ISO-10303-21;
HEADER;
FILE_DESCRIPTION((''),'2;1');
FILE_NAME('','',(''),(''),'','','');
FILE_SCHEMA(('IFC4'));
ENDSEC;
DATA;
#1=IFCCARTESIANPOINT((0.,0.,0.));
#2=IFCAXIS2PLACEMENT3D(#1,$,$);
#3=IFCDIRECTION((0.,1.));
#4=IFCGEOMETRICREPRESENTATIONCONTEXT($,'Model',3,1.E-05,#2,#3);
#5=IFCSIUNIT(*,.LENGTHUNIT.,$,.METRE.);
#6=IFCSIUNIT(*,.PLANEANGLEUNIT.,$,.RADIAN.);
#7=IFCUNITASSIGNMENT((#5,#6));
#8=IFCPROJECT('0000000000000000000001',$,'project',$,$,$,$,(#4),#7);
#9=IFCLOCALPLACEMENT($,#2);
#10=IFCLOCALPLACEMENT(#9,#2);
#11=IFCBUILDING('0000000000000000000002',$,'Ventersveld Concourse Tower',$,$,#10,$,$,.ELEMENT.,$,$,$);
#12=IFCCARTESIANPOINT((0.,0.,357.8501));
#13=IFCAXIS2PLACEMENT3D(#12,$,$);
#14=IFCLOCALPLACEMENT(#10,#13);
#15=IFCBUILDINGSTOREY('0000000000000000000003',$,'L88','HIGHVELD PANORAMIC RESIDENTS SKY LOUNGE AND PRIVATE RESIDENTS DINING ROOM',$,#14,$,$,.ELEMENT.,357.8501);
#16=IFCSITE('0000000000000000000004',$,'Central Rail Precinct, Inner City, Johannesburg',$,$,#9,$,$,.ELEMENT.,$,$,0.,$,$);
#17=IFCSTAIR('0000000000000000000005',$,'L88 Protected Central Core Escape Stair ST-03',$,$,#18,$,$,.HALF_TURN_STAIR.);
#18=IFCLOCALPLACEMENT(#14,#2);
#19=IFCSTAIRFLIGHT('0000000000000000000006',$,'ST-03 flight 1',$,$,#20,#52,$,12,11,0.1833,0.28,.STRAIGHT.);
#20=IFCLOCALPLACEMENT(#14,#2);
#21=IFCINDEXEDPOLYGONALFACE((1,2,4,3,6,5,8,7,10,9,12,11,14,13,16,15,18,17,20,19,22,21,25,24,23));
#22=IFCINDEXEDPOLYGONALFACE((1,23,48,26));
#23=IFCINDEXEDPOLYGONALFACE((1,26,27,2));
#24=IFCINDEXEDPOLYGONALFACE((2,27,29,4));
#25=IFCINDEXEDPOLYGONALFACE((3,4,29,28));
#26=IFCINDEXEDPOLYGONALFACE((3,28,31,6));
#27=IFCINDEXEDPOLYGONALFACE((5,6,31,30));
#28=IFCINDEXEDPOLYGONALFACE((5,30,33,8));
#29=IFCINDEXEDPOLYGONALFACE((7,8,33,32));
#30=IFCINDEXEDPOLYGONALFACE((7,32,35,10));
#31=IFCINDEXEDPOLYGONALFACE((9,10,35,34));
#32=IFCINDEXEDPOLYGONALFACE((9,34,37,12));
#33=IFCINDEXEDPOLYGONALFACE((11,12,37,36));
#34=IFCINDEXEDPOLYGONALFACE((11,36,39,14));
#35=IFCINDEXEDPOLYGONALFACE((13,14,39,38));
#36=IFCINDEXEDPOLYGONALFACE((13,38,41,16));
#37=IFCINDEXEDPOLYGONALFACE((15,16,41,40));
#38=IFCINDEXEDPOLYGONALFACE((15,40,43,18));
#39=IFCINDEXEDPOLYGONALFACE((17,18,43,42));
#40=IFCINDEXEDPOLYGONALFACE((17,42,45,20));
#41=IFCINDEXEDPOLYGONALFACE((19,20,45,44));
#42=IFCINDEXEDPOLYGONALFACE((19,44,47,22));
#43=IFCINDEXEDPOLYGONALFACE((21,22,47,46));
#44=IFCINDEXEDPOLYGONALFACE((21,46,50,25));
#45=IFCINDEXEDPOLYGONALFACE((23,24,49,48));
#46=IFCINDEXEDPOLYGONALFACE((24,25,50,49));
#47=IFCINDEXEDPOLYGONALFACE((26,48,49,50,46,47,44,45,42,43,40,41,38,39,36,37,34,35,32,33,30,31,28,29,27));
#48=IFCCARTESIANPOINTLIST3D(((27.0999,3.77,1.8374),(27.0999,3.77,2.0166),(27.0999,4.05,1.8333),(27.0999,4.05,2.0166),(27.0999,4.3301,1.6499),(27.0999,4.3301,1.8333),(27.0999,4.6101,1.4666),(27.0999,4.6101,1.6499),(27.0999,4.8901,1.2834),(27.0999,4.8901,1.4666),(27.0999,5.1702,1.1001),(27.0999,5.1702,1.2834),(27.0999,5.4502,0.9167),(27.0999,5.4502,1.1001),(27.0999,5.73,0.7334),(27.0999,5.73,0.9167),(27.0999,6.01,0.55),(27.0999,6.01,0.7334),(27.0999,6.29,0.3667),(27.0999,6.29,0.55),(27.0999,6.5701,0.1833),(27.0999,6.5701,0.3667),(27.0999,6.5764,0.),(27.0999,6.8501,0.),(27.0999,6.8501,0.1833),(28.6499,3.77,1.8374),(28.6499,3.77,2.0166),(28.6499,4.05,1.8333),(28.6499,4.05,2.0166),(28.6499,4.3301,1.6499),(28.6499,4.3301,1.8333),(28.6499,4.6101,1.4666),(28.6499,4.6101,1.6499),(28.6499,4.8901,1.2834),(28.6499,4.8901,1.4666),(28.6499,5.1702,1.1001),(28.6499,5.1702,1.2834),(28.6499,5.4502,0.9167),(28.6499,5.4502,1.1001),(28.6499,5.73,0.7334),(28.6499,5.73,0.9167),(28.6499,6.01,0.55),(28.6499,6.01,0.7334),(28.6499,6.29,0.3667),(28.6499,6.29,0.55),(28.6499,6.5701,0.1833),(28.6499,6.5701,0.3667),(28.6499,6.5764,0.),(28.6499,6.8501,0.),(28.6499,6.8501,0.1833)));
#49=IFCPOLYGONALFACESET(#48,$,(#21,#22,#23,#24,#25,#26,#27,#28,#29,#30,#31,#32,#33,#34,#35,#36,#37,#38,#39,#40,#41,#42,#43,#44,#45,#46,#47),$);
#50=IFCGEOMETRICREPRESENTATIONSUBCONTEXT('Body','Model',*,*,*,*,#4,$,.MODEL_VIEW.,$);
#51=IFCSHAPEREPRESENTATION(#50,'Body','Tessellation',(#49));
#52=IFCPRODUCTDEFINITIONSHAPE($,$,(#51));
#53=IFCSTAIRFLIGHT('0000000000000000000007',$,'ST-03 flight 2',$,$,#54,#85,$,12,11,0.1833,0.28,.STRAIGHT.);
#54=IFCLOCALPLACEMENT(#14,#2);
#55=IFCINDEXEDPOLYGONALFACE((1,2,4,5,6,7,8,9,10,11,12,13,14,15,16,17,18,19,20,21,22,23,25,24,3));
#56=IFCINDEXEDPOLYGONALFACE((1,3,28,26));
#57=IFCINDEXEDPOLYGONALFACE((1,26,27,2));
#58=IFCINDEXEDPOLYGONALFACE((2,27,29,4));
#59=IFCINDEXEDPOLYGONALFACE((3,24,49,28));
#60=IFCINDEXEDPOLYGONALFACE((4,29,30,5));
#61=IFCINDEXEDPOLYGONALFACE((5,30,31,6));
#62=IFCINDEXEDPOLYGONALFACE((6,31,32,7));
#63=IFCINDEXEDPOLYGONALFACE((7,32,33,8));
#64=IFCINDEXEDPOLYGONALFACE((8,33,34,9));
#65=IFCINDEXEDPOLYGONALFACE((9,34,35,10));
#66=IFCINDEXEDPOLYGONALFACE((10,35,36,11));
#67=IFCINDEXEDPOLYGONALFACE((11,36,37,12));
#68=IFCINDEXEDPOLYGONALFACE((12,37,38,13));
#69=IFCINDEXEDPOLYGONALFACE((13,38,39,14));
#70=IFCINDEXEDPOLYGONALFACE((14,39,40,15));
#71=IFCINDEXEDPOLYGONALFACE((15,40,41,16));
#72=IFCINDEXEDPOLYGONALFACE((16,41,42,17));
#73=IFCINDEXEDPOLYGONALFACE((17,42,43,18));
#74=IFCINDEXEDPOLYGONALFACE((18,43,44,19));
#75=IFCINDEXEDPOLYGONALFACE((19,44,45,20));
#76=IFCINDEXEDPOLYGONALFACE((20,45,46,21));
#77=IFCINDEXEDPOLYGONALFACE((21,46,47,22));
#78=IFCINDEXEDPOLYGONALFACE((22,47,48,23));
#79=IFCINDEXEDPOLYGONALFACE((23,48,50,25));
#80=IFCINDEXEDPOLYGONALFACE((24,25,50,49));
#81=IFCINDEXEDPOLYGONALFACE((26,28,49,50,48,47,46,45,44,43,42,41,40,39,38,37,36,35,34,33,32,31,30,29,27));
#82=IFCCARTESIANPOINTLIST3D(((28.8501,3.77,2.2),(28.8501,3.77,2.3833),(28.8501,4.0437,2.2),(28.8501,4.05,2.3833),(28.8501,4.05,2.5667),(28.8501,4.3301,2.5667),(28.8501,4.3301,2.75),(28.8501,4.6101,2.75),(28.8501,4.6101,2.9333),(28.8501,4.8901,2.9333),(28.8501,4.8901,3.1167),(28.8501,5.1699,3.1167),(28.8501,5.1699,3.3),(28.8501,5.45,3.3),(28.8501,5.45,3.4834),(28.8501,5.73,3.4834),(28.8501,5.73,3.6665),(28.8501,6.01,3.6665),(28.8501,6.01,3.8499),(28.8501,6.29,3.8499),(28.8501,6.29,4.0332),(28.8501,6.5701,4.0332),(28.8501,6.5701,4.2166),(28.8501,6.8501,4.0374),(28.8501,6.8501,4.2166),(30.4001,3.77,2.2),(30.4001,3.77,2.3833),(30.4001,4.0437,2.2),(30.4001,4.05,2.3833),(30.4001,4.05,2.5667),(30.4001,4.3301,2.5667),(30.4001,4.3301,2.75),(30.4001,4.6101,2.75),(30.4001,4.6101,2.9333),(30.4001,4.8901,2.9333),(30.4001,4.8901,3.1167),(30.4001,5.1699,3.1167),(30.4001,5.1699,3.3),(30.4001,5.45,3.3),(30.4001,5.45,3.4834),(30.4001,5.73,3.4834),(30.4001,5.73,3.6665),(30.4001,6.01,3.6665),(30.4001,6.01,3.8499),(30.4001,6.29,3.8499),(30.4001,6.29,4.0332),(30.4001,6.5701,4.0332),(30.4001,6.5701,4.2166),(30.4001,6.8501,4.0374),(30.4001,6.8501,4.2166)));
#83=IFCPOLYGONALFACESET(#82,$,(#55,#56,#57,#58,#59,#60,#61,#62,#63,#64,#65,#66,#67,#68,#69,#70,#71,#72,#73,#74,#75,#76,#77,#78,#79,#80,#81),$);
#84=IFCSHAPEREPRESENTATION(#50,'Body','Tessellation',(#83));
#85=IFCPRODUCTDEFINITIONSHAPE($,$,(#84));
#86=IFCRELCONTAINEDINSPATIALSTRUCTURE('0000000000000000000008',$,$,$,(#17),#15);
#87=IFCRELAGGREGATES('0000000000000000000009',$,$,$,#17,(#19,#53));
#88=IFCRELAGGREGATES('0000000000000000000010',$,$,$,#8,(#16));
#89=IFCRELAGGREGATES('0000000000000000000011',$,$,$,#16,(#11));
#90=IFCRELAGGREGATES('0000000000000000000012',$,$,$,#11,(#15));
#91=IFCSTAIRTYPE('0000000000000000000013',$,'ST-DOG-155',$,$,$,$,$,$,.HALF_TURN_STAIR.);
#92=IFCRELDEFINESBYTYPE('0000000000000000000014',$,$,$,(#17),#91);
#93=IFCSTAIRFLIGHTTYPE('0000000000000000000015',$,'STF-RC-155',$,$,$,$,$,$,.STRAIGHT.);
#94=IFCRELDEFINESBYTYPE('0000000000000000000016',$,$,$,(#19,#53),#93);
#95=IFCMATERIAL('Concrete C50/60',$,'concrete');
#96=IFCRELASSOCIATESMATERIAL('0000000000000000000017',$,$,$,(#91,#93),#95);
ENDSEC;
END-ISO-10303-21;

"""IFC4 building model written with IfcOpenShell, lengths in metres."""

from ifc_helpers import new_model, si_unit, direction, frame, origin, place, context, subcontext, project, spatial, polyline, outline, extrude, material, type_object, element, aggregate, save


model = new_model("IFC4")

# Units and contexts
model_context = context("Model", 3, precision=1e-05, world=origin(), true_north=direction((0.0, 1.0)))
body_context = subcontext(model_context, "Body", "Model", "MODEL_VIEW")
ifc_project = project(units=[si_unit("LENGTHUNIT", "METRE"), si_unit("PLANEANGLEUNIT", "RADIAN")], contexts=[model_context])

# Site, building, storey
site_placement = place(None, origin())
site = spatial("IfcSite", under=ifc_project, at=site_placement, Name="Central Rail Precinct, Inner City, Johannesburg", CompositionType="ELEMENT", RefElevation=0.0)
building_placement = place(site_placement, origin())
building = spatial("IfcBuilding", under=site, at=building_placement, Name="Ventersveld Concourse Tower", CompositionType="ELEMENT")
storey_placement = place(building_placement, frame((0.0, 0.0, 357.8501)))
storey = spatial("IfcBuildingStorey", under=building, at=storey_placement, Name="L88", Description="HIGHVELD PANORAMIC RESIDENTS SKY LOUNGE AND PRIVATE RESIDENTS DINING ROOM", CompositionType="ELEMENT", Elevation=357.8501)

# Shared definitions
ifc_material_1 = material(Name="Concrete C50/60", Category="concrete")

# Stair, stair flights
stair_type = type_object("IfcStairType", Name="ST-DOG-155", PredefinedType="HALF_TURN_STAIR", material=ifc_material_1)
stair_placement = place(storey_placement, origin())
stair = element("IfcStair", 1, at=stair_placement, inside=storey, type_object=stair_type, Name="L88 Protected Central Core Escape Stair ST-03", PredefinedType="HALF_TURN_STAIR")
stair_flight_type = type_object("IfcStairFlightType", Name="STF-RC-155", PredefinedType="STRAIGHT", material=ifc_material_1)
stair_flight_1_placement = place(storey_placement, frame((27.875, 6.8501, 0.0), z_axis=(0.0, 0.0, 1.0), x_axis=(0.0, -1.0, 0.0)))
stair_flight_1 = element("IfcStairFlight", 2, at=stair_flight_1_placement, type_object=stair_flight_type, Name="ST-03 flight 1", NumberOfRisers=12, NumberOfTreads=11, PredefinedType="STRAIGHT", RiserHeight=0.1833, TreadLength=0.28, context=body_context, shape_type="SweptSolid", body=[
    extrude(outline(polyline([(0.0, 0.0), (0.0, 0.1833), (0.28, 0.1833), (0.28, 0.3667), (0.5601, 0.3667), (0.5601, 0.55), (0.8401, 0.55), (0.8401, 0.7334), (1.1201, 0.7334), (1.1201, 0.9167), (1.3999, 0.9167), (1.3999, 1.1001), (1.6799, 1.1001), (1.6799, 1.2834), (1.96, 1.2834), (1.96, 1.4666), (2.24, 1.4666), (2.24, 1.6499), (2.52, 1.6499), (2.52, 1.8333), (2.8, 1.8333), (2.8, 2.0166), (3.0801, 2.0166), (3.0801, 2.2), (3.0801, 1.8374), (0.2737, 0.0), (0.0, 0.0)])), frame((0.0, 0.7749, 0.0), z_axis=(0.0, -1.0, 0.0), x_axis=(1.0, 0.0, 0.0)), (0.0, 0.0, 1.0), 1.55),
])
stair_flight_2_placement = place(storey_placement, frame((29.625, 3.77, 2.2), z_axis=(0.0, 0.0, 1.0), x_axis=(0.0, 1.0, 0.0)))
stair_flight_2 = element("IfcStairFlight", 3, at=stair_flight_2_placement, type_object=stair_flight_type, Name="ST-03 flight 2", NumberOfRisers=12, NumberOfTreads=11, PredefinedType="STRAIGHT", RiserHeight=0.1833, TreadLength=0.28, context=body_context, shape_type="SweptSolid", body=[
    extrude(outline(polyline([(0.0, 0.0), (0.0, 0.1833), (0.28, 0.1833), (0.28, 0.3667), (0.5601, 0.3667), (0.5601, 0.55), (0.8401, 0.55), (0.8401, 0.7334), (1.1201, 0.7334), (1.1201, 0.9167), (1.3999, 0.9167), (1.3999, 1.1001), (1.6799, 1.1001), (1.6799, 1.2834), (1.96, 1.2834), (1.96, 1.4666), (2.24, 1.4666), (2.24, 1.6499), (2.52, 1.6499), (2.52, 1.8333), (2.8, 1.8333), (2.8, 2.0166), (3.0801, 2.0166), (3.0801, 2.2), (3.0801, 1.8374), (0.2737, 0.0), (0.0, 0.0)])), frame((0.0, 0.7749, 0.0), z_axis=(0.0, -1.0, 0.0), x_axis=(1.0, 0.0, 0.0)), (0.0, 0.0, 1.0), 1.55),
])
aggregate(stair, [stair_flight_1, stair_flight_2])

save(model, "model.ifc")
